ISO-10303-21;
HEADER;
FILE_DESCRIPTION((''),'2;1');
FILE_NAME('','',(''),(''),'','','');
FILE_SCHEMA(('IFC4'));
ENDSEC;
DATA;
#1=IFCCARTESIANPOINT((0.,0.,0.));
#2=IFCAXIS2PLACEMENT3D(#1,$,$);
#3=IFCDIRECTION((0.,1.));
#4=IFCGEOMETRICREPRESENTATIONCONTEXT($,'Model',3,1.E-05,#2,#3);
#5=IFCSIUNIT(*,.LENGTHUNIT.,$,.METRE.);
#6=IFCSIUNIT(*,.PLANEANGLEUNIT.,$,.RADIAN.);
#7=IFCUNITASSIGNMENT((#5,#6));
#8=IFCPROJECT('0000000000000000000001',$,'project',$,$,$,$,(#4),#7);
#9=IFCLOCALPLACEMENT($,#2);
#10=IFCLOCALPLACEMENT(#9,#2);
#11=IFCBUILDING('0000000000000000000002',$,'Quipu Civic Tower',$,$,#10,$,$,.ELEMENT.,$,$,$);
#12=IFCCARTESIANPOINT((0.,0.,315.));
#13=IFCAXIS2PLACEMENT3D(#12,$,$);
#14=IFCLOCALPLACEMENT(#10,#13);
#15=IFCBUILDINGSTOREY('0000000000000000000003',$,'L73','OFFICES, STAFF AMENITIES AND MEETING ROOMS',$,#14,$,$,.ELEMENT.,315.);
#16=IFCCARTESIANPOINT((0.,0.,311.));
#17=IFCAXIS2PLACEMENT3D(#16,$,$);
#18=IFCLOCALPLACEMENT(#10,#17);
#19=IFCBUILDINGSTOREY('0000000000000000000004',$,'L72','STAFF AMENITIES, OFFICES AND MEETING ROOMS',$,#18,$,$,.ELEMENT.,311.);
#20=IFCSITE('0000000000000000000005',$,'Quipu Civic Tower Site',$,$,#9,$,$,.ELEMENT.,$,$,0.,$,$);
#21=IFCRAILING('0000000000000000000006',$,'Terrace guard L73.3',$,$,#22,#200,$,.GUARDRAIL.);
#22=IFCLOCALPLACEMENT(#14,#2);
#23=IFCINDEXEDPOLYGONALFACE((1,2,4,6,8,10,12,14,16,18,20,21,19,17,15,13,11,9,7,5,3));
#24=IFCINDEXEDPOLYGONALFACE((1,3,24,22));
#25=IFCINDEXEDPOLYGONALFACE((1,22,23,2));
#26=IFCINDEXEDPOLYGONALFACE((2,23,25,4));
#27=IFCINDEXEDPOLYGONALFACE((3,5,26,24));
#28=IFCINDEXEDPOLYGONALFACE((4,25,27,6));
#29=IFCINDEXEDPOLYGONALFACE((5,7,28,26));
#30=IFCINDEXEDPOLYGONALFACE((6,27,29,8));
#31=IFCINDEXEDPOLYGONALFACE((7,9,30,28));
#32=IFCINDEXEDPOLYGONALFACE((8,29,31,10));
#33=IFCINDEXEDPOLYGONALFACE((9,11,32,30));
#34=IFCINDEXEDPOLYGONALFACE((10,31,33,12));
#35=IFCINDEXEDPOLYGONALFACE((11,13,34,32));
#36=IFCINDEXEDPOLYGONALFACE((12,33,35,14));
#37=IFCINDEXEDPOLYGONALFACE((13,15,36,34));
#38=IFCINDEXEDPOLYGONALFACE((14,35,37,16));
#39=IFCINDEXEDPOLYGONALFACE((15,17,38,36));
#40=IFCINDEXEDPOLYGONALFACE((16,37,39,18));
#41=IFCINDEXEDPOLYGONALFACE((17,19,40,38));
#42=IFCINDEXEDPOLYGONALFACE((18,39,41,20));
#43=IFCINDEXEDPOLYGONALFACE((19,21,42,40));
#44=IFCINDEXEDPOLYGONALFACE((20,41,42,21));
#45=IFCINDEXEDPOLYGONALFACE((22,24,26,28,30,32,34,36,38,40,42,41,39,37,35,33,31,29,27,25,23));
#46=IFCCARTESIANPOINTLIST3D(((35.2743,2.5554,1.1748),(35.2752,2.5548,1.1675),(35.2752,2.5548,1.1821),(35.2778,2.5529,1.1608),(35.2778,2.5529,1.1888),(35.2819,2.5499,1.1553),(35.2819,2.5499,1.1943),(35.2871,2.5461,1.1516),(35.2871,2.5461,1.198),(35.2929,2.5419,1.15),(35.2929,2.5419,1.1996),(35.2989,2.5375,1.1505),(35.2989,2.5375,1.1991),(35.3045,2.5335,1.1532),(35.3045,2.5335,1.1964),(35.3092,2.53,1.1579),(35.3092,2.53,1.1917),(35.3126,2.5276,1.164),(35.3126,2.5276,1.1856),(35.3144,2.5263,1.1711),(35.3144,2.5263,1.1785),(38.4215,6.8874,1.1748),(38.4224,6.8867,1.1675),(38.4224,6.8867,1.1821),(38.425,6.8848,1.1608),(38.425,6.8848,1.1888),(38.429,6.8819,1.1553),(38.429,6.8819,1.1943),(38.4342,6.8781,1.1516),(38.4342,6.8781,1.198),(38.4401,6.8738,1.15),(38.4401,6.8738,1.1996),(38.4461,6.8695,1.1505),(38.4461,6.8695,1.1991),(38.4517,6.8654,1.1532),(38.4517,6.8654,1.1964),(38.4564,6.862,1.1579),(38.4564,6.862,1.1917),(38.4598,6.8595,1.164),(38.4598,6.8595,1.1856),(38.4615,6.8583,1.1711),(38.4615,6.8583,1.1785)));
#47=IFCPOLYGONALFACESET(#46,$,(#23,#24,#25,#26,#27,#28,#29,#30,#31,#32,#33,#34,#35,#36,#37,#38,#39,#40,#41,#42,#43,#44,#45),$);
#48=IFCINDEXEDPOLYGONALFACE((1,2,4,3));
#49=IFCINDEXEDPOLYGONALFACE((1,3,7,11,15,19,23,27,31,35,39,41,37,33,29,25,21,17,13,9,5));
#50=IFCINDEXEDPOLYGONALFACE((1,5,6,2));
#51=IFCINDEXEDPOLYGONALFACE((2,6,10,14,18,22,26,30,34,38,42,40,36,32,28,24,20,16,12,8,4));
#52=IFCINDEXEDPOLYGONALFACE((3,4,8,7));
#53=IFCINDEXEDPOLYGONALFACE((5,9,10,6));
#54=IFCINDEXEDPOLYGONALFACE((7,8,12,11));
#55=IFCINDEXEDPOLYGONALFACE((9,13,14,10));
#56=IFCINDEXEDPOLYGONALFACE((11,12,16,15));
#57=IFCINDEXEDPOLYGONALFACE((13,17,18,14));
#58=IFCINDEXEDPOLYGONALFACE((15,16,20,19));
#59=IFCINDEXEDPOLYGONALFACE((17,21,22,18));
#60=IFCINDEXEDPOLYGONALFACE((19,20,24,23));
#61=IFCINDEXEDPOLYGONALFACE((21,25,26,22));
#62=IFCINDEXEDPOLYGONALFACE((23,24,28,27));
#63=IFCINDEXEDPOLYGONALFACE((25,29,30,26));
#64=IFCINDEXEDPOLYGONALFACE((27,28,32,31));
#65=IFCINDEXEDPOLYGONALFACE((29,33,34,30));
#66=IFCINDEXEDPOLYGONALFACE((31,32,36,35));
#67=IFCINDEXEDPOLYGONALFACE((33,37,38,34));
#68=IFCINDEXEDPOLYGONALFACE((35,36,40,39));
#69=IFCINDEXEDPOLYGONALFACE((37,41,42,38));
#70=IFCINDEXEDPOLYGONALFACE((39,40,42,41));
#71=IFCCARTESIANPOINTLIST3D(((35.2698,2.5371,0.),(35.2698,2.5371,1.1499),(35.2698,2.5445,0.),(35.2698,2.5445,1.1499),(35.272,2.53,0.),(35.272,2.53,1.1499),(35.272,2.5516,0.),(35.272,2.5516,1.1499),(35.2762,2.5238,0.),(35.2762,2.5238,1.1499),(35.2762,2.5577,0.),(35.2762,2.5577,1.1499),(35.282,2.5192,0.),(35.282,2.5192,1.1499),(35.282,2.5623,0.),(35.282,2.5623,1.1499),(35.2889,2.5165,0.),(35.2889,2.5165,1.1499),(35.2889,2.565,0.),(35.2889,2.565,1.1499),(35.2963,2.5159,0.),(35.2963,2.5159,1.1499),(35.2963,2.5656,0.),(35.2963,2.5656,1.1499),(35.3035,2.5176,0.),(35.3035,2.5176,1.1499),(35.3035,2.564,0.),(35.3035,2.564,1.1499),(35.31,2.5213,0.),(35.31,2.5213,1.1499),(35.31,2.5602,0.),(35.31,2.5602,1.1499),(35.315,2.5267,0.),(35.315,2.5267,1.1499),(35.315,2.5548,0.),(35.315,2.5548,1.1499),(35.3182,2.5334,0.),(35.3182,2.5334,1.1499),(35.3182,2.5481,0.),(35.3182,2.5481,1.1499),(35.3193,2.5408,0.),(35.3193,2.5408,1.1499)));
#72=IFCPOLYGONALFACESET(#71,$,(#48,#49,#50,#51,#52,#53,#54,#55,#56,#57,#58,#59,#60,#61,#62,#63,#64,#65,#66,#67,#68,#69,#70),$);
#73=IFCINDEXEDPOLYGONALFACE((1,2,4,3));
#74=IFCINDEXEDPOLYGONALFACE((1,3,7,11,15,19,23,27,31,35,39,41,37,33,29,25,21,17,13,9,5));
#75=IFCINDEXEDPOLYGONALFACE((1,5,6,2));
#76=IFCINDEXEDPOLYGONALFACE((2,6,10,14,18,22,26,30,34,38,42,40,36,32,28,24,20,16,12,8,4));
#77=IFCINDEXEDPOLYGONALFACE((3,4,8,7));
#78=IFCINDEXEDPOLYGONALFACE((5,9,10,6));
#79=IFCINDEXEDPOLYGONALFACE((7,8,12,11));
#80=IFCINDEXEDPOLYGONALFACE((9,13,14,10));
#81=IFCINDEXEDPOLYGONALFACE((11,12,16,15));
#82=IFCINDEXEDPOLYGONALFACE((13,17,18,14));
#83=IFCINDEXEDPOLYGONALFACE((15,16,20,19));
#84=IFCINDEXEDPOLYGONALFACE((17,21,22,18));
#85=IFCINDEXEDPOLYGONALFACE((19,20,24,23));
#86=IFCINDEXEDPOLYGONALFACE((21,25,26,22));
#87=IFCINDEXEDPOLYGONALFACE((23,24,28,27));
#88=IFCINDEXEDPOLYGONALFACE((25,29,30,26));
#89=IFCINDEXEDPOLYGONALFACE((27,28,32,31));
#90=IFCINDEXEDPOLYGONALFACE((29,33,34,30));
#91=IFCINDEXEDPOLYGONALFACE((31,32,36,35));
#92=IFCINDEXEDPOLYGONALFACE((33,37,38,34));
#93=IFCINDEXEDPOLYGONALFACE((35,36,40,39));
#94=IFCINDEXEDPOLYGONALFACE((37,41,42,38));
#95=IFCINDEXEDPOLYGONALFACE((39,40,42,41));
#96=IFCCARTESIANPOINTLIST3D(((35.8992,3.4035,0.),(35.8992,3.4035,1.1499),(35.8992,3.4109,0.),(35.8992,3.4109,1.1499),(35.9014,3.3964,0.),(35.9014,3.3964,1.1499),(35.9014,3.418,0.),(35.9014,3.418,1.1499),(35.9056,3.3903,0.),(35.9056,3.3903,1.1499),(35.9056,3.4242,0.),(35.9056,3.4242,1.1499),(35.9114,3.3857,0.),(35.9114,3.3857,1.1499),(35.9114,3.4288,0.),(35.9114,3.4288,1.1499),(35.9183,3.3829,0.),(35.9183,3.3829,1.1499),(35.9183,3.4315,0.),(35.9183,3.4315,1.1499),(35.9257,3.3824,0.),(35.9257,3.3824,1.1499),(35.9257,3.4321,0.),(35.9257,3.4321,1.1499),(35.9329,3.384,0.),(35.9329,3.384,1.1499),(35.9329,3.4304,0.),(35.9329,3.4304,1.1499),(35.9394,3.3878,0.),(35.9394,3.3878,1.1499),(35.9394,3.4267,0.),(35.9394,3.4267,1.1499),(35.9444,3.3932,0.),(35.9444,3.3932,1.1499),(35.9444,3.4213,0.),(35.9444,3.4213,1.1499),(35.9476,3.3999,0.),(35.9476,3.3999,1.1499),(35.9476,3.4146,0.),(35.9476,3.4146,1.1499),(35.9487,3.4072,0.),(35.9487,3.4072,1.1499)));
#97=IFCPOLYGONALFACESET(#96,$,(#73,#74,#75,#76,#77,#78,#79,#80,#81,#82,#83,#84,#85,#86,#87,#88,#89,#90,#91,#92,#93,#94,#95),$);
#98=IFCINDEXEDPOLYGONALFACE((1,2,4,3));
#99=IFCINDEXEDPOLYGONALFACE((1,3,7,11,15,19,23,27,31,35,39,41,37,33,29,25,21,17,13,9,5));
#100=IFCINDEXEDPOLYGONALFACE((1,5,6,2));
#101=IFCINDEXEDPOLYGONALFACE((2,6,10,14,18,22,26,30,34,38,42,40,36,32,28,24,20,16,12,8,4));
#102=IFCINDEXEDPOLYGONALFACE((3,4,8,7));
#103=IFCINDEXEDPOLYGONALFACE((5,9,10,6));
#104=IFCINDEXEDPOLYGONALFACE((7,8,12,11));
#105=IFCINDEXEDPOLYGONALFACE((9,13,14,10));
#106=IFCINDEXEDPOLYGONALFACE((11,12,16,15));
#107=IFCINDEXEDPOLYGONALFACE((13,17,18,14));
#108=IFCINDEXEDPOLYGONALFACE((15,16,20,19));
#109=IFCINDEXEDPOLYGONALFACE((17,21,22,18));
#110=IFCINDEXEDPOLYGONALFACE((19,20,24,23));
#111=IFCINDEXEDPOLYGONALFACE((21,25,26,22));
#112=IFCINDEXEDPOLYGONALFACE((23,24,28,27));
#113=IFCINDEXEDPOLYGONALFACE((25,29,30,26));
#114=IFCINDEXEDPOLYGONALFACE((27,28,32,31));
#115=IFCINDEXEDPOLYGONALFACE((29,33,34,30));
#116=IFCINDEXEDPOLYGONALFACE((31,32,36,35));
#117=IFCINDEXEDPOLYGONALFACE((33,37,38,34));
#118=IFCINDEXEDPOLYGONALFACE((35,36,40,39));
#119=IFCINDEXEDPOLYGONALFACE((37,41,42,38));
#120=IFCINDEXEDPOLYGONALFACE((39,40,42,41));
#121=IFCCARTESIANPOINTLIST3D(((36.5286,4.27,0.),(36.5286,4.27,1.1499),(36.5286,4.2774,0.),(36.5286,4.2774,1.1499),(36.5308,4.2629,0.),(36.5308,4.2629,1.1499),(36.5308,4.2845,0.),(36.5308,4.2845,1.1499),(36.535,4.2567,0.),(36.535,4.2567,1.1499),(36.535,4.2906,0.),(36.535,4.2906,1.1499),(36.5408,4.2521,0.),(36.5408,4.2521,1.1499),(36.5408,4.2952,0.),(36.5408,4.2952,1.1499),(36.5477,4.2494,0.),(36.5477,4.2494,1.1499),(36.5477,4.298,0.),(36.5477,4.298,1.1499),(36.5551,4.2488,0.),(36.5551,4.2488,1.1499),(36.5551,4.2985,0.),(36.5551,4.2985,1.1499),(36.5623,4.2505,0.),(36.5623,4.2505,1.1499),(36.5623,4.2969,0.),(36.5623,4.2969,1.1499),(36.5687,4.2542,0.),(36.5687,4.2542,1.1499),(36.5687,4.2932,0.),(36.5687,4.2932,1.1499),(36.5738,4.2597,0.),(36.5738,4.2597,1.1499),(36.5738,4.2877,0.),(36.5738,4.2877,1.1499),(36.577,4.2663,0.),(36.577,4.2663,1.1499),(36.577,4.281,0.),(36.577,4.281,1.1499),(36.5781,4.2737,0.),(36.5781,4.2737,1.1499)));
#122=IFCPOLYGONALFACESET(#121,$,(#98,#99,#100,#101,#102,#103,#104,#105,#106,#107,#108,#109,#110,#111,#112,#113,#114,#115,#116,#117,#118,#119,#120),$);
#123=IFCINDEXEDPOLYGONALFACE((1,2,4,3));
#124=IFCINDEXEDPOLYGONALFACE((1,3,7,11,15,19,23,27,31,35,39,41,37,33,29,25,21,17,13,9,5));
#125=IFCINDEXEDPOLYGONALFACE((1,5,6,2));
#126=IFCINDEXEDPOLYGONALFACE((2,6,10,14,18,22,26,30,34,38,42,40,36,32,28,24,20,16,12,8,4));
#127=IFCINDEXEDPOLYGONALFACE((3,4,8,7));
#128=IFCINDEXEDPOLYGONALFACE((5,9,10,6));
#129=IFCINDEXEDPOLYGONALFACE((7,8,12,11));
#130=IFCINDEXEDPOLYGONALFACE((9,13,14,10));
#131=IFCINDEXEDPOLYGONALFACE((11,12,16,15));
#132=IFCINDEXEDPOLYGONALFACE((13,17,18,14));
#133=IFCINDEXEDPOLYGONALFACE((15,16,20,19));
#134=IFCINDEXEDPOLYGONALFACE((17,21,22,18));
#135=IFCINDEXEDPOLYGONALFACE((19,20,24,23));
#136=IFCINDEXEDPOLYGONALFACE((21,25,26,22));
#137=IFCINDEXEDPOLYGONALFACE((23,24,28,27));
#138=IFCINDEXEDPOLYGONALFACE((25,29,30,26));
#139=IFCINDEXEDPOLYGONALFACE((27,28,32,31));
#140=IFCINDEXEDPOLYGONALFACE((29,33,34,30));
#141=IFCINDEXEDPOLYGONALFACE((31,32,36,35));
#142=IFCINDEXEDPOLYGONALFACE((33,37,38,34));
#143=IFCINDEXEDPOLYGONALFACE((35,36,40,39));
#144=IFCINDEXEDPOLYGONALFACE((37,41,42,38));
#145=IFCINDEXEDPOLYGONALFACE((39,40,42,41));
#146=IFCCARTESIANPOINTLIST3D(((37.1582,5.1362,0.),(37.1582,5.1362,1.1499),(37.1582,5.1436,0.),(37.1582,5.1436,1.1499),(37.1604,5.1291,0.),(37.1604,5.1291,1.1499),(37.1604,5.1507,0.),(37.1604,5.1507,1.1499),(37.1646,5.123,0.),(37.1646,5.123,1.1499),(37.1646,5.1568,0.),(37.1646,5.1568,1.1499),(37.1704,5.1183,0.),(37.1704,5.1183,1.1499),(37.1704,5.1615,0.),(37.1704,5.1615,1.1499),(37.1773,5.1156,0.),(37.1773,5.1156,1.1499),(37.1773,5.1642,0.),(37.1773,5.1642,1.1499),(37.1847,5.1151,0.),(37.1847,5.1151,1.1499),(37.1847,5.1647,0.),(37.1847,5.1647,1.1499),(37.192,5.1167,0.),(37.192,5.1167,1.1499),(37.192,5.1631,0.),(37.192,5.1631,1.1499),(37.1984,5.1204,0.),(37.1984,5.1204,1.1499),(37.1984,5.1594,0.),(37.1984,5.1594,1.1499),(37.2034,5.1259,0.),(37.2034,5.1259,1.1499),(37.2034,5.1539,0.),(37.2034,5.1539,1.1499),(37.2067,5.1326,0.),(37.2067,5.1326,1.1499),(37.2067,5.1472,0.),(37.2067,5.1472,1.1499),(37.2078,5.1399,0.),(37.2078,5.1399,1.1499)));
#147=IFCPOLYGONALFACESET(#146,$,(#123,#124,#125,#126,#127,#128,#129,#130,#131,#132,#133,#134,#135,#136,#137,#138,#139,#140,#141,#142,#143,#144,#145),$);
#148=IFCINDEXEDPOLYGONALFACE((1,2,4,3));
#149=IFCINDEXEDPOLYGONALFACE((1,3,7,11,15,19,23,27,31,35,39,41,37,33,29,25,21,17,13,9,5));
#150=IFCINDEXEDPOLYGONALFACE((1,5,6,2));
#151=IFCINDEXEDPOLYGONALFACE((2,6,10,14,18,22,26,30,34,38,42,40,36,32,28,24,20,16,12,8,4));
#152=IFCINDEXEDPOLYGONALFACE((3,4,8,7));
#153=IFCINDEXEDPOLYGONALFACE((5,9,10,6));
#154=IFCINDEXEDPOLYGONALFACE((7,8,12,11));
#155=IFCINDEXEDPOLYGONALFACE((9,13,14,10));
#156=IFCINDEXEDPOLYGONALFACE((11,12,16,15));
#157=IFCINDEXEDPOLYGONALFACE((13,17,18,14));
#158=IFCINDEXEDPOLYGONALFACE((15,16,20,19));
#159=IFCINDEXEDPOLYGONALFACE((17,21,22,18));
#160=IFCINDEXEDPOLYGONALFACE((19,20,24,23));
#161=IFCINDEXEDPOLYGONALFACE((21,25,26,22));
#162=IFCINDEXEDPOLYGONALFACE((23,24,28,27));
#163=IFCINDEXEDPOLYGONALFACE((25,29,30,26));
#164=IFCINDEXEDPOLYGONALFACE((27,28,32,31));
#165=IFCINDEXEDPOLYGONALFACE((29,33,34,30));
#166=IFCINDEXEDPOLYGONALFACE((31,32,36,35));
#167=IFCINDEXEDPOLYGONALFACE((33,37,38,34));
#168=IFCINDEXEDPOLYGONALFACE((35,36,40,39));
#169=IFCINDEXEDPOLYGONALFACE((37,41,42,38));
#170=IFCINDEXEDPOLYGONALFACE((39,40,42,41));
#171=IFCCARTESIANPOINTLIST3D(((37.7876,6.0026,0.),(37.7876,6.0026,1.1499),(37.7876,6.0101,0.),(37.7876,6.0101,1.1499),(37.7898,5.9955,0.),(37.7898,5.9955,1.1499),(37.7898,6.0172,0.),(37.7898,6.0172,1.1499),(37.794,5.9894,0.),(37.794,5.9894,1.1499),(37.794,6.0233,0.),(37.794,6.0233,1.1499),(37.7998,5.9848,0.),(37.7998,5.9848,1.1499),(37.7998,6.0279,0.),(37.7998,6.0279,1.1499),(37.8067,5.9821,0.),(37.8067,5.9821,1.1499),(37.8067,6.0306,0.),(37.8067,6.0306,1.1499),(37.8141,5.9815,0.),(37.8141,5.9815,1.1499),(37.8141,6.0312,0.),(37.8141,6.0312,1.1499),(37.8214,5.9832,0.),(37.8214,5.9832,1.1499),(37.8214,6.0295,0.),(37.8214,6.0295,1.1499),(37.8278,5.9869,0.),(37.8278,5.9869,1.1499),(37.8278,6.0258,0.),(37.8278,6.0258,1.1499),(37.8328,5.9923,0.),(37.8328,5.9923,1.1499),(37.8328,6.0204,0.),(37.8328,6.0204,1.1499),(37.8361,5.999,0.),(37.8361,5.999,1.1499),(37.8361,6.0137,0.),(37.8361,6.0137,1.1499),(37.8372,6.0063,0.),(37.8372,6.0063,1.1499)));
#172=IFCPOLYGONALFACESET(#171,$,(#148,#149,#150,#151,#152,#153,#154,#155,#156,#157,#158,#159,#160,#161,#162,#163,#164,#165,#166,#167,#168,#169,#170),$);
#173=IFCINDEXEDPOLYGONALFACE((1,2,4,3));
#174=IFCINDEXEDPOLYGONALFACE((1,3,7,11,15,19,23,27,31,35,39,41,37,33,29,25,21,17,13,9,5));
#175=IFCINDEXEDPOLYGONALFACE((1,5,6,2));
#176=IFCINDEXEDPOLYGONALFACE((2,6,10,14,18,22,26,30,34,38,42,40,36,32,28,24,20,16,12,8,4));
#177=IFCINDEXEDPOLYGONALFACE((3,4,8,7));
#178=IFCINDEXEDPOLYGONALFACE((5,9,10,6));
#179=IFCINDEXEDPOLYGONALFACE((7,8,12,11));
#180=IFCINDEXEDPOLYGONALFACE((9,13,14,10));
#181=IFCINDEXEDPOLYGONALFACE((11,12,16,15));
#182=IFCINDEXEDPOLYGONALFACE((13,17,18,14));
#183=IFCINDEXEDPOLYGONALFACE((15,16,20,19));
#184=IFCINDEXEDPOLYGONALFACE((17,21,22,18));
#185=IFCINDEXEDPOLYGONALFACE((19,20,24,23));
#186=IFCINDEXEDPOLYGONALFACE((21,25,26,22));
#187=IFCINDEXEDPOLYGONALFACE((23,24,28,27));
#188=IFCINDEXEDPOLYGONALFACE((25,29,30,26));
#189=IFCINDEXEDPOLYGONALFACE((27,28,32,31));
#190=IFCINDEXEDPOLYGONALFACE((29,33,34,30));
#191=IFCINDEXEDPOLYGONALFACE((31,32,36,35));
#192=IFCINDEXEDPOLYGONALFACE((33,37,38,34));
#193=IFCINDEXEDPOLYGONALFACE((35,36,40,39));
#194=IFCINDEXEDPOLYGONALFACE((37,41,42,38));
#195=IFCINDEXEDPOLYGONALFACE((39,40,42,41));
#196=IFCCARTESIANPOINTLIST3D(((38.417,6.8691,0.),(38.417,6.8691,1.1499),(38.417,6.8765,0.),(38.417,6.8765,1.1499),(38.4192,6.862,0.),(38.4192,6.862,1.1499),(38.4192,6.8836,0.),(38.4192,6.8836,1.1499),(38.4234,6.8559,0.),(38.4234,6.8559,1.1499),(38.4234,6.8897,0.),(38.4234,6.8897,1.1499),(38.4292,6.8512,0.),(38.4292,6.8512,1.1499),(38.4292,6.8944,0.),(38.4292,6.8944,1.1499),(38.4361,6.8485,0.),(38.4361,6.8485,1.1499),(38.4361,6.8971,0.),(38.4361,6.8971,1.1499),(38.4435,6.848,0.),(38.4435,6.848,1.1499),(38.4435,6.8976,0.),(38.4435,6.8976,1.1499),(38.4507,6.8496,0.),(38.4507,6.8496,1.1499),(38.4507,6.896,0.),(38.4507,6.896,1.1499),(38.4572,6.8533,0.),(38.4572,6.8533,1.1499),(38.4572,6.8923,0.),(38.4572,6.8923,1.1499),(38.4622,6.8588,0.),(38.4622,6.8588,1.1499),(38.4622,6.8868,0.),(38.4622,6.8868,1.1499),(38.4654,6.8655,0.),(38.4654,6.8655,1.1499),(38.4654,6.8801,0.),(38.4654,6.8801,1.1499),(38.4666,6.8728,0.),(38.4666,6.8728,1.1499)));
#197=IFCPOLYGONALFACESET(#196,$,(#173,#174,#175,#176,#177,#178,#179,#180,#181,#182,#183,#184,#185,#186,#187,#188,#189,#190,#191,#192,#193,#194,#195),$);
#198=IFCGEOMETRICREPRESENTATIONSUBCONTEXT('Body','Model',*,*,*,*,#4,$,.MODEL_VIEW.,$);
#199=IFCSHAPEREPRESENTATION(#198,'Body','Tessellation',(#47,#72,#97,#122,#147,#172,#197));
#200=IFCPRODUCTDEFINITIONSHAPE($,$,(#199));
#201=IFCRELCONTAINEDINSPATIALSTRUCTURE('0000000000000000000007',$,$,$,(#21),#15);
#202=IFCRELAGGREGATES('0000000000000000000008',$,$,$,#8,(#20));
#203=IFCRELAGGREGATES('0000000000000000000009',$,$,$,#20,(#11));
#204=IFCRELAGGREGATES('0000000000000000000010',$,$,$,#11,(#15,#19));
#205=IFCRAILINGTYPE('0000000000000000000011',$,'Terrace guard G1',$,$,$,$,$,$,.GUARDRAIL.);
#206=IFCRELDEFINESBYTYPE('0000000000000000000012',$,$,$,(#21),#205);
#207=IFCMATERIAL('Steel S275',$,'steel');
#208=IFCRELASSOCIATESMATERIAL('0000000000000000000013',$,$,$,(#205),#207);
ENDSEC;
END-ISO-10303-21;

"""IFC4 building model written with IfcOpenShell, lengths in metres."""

from ifc_helpers import new_model, si_unit, direction, frame, origin, origin_2d, place, context, subcontext, project, spatial, circle, extrude, material, type_object, element, save


model = new_model("IFC4")

# Units and contexts
model_context = context("Model", 3, precision=1e-05, world=origin(), true_north=direction((0.0, 1.0)))
body_context = subcontext(model_context, "Body", "Model", "MODEL_VIEW")
ifc_project = project(units=[si_unit("LENGTHUNIT", "METRE"), si_unit("PLANEANGLEUNIT", "RADIAN")], contexts=[model_context])

# Site, building, storey
site_placement = place(None, origin())
site = spatial("IfcSite", under=ifc_project, at=site_placement, Name="Quipu Civic Tower Site", CompositionType="ELEMENT", RefElevation=0.0)
building_placement = place(site_placement, origin())
building = spatial("IfcBuilding", under=site, at=building_placement, Name="Quipu Civic Tower", CompositionType="ELEMENT")
storey_1_placement = place(building_placement, frame((0.0, 0.0, 315.0)))
storey_1 = spatial("IfcBuildingStorey", under=building, at=storey_1_placement, Name="L73", Description="OFFICES, STAFF AMENITIES AND MEETING ROOMS", CompositionType="ELEMENT", Elevation=315.0)

# Shared definitions
storey_2_placement = place(building_placement, frame((0.0, 0.0, 311.0)))
storey_2 = spatial("IfcBuildingStorey", under=building, at=storey_2_placement, Name="L72", Description="STAFF AMENITIES, OFFICES AND MEETING ROOMS", CompositionType="ELEMENT", Elevation=311.0)

# Railing
ifc_material_1 = material(Name="Steel S275", Category="steel")
railing_type = type_object("IfcRailingType", Name="Terrace guard G1", PredefinedType="GUARDRAIL", material=ifc_material_1)
railing_1_placement = place(storey_1_placement, frame((35.2944, 2.5408, 0.0)))
element("IfcRailing", 1, at=railing_1_placement, inside=storey_1, type_object=railing_type, Name="Terrace guard L73.3", PredefinedType="GUARDRAIL", context=body_context, shape_type="SweptSolid", body=[
    extrude(circle(Radius=0.0249, at=origin_2d()), frame((0.0, 0.0, 1.1748), z_axis=(0.587762, 0.809034, 0.0), x_axis=(-0.809034, 0.587762, 0.0)), (0.0, 0.0, 1.0), 5.3545),
    extrude(circle(Radius=0.0249, at=origin_2d()), origin(), (0.0, 0.0, 1.0), 1.1499),
    extrude(circle(Radius=0.0249, at=origin_2d()), frame((0.6294, 0.8665, 0.0)), (0.0, 0.0, 1.0), 1.1499),
    extrude(circle(Radius=0.0249, at=origin_2d()), frame((1.2588, 1.7329, 0.0)), (0.0, 0.0, 1.0), 1.1499),
    extrude(circle(Radius=0.0249, at=origin_2d()), frame((1.8884, 2.5991, 0.0)), (0.0, 0.0, 1.0), 1.1499),
    extrude(circle(Radius=0.0249, at=origin_2d()), frame((2.5178, 3.4656, 0.0)), (0.0, 0.0, 1.0), 1.1499),
    extrude(circle(Radius=0.0249, at=origin_2d()), frame((3.1472, 4.332, 0.0)), (0.0, 0.0, 1.0), 1.1499),
])

save(model, "model.ifc")
